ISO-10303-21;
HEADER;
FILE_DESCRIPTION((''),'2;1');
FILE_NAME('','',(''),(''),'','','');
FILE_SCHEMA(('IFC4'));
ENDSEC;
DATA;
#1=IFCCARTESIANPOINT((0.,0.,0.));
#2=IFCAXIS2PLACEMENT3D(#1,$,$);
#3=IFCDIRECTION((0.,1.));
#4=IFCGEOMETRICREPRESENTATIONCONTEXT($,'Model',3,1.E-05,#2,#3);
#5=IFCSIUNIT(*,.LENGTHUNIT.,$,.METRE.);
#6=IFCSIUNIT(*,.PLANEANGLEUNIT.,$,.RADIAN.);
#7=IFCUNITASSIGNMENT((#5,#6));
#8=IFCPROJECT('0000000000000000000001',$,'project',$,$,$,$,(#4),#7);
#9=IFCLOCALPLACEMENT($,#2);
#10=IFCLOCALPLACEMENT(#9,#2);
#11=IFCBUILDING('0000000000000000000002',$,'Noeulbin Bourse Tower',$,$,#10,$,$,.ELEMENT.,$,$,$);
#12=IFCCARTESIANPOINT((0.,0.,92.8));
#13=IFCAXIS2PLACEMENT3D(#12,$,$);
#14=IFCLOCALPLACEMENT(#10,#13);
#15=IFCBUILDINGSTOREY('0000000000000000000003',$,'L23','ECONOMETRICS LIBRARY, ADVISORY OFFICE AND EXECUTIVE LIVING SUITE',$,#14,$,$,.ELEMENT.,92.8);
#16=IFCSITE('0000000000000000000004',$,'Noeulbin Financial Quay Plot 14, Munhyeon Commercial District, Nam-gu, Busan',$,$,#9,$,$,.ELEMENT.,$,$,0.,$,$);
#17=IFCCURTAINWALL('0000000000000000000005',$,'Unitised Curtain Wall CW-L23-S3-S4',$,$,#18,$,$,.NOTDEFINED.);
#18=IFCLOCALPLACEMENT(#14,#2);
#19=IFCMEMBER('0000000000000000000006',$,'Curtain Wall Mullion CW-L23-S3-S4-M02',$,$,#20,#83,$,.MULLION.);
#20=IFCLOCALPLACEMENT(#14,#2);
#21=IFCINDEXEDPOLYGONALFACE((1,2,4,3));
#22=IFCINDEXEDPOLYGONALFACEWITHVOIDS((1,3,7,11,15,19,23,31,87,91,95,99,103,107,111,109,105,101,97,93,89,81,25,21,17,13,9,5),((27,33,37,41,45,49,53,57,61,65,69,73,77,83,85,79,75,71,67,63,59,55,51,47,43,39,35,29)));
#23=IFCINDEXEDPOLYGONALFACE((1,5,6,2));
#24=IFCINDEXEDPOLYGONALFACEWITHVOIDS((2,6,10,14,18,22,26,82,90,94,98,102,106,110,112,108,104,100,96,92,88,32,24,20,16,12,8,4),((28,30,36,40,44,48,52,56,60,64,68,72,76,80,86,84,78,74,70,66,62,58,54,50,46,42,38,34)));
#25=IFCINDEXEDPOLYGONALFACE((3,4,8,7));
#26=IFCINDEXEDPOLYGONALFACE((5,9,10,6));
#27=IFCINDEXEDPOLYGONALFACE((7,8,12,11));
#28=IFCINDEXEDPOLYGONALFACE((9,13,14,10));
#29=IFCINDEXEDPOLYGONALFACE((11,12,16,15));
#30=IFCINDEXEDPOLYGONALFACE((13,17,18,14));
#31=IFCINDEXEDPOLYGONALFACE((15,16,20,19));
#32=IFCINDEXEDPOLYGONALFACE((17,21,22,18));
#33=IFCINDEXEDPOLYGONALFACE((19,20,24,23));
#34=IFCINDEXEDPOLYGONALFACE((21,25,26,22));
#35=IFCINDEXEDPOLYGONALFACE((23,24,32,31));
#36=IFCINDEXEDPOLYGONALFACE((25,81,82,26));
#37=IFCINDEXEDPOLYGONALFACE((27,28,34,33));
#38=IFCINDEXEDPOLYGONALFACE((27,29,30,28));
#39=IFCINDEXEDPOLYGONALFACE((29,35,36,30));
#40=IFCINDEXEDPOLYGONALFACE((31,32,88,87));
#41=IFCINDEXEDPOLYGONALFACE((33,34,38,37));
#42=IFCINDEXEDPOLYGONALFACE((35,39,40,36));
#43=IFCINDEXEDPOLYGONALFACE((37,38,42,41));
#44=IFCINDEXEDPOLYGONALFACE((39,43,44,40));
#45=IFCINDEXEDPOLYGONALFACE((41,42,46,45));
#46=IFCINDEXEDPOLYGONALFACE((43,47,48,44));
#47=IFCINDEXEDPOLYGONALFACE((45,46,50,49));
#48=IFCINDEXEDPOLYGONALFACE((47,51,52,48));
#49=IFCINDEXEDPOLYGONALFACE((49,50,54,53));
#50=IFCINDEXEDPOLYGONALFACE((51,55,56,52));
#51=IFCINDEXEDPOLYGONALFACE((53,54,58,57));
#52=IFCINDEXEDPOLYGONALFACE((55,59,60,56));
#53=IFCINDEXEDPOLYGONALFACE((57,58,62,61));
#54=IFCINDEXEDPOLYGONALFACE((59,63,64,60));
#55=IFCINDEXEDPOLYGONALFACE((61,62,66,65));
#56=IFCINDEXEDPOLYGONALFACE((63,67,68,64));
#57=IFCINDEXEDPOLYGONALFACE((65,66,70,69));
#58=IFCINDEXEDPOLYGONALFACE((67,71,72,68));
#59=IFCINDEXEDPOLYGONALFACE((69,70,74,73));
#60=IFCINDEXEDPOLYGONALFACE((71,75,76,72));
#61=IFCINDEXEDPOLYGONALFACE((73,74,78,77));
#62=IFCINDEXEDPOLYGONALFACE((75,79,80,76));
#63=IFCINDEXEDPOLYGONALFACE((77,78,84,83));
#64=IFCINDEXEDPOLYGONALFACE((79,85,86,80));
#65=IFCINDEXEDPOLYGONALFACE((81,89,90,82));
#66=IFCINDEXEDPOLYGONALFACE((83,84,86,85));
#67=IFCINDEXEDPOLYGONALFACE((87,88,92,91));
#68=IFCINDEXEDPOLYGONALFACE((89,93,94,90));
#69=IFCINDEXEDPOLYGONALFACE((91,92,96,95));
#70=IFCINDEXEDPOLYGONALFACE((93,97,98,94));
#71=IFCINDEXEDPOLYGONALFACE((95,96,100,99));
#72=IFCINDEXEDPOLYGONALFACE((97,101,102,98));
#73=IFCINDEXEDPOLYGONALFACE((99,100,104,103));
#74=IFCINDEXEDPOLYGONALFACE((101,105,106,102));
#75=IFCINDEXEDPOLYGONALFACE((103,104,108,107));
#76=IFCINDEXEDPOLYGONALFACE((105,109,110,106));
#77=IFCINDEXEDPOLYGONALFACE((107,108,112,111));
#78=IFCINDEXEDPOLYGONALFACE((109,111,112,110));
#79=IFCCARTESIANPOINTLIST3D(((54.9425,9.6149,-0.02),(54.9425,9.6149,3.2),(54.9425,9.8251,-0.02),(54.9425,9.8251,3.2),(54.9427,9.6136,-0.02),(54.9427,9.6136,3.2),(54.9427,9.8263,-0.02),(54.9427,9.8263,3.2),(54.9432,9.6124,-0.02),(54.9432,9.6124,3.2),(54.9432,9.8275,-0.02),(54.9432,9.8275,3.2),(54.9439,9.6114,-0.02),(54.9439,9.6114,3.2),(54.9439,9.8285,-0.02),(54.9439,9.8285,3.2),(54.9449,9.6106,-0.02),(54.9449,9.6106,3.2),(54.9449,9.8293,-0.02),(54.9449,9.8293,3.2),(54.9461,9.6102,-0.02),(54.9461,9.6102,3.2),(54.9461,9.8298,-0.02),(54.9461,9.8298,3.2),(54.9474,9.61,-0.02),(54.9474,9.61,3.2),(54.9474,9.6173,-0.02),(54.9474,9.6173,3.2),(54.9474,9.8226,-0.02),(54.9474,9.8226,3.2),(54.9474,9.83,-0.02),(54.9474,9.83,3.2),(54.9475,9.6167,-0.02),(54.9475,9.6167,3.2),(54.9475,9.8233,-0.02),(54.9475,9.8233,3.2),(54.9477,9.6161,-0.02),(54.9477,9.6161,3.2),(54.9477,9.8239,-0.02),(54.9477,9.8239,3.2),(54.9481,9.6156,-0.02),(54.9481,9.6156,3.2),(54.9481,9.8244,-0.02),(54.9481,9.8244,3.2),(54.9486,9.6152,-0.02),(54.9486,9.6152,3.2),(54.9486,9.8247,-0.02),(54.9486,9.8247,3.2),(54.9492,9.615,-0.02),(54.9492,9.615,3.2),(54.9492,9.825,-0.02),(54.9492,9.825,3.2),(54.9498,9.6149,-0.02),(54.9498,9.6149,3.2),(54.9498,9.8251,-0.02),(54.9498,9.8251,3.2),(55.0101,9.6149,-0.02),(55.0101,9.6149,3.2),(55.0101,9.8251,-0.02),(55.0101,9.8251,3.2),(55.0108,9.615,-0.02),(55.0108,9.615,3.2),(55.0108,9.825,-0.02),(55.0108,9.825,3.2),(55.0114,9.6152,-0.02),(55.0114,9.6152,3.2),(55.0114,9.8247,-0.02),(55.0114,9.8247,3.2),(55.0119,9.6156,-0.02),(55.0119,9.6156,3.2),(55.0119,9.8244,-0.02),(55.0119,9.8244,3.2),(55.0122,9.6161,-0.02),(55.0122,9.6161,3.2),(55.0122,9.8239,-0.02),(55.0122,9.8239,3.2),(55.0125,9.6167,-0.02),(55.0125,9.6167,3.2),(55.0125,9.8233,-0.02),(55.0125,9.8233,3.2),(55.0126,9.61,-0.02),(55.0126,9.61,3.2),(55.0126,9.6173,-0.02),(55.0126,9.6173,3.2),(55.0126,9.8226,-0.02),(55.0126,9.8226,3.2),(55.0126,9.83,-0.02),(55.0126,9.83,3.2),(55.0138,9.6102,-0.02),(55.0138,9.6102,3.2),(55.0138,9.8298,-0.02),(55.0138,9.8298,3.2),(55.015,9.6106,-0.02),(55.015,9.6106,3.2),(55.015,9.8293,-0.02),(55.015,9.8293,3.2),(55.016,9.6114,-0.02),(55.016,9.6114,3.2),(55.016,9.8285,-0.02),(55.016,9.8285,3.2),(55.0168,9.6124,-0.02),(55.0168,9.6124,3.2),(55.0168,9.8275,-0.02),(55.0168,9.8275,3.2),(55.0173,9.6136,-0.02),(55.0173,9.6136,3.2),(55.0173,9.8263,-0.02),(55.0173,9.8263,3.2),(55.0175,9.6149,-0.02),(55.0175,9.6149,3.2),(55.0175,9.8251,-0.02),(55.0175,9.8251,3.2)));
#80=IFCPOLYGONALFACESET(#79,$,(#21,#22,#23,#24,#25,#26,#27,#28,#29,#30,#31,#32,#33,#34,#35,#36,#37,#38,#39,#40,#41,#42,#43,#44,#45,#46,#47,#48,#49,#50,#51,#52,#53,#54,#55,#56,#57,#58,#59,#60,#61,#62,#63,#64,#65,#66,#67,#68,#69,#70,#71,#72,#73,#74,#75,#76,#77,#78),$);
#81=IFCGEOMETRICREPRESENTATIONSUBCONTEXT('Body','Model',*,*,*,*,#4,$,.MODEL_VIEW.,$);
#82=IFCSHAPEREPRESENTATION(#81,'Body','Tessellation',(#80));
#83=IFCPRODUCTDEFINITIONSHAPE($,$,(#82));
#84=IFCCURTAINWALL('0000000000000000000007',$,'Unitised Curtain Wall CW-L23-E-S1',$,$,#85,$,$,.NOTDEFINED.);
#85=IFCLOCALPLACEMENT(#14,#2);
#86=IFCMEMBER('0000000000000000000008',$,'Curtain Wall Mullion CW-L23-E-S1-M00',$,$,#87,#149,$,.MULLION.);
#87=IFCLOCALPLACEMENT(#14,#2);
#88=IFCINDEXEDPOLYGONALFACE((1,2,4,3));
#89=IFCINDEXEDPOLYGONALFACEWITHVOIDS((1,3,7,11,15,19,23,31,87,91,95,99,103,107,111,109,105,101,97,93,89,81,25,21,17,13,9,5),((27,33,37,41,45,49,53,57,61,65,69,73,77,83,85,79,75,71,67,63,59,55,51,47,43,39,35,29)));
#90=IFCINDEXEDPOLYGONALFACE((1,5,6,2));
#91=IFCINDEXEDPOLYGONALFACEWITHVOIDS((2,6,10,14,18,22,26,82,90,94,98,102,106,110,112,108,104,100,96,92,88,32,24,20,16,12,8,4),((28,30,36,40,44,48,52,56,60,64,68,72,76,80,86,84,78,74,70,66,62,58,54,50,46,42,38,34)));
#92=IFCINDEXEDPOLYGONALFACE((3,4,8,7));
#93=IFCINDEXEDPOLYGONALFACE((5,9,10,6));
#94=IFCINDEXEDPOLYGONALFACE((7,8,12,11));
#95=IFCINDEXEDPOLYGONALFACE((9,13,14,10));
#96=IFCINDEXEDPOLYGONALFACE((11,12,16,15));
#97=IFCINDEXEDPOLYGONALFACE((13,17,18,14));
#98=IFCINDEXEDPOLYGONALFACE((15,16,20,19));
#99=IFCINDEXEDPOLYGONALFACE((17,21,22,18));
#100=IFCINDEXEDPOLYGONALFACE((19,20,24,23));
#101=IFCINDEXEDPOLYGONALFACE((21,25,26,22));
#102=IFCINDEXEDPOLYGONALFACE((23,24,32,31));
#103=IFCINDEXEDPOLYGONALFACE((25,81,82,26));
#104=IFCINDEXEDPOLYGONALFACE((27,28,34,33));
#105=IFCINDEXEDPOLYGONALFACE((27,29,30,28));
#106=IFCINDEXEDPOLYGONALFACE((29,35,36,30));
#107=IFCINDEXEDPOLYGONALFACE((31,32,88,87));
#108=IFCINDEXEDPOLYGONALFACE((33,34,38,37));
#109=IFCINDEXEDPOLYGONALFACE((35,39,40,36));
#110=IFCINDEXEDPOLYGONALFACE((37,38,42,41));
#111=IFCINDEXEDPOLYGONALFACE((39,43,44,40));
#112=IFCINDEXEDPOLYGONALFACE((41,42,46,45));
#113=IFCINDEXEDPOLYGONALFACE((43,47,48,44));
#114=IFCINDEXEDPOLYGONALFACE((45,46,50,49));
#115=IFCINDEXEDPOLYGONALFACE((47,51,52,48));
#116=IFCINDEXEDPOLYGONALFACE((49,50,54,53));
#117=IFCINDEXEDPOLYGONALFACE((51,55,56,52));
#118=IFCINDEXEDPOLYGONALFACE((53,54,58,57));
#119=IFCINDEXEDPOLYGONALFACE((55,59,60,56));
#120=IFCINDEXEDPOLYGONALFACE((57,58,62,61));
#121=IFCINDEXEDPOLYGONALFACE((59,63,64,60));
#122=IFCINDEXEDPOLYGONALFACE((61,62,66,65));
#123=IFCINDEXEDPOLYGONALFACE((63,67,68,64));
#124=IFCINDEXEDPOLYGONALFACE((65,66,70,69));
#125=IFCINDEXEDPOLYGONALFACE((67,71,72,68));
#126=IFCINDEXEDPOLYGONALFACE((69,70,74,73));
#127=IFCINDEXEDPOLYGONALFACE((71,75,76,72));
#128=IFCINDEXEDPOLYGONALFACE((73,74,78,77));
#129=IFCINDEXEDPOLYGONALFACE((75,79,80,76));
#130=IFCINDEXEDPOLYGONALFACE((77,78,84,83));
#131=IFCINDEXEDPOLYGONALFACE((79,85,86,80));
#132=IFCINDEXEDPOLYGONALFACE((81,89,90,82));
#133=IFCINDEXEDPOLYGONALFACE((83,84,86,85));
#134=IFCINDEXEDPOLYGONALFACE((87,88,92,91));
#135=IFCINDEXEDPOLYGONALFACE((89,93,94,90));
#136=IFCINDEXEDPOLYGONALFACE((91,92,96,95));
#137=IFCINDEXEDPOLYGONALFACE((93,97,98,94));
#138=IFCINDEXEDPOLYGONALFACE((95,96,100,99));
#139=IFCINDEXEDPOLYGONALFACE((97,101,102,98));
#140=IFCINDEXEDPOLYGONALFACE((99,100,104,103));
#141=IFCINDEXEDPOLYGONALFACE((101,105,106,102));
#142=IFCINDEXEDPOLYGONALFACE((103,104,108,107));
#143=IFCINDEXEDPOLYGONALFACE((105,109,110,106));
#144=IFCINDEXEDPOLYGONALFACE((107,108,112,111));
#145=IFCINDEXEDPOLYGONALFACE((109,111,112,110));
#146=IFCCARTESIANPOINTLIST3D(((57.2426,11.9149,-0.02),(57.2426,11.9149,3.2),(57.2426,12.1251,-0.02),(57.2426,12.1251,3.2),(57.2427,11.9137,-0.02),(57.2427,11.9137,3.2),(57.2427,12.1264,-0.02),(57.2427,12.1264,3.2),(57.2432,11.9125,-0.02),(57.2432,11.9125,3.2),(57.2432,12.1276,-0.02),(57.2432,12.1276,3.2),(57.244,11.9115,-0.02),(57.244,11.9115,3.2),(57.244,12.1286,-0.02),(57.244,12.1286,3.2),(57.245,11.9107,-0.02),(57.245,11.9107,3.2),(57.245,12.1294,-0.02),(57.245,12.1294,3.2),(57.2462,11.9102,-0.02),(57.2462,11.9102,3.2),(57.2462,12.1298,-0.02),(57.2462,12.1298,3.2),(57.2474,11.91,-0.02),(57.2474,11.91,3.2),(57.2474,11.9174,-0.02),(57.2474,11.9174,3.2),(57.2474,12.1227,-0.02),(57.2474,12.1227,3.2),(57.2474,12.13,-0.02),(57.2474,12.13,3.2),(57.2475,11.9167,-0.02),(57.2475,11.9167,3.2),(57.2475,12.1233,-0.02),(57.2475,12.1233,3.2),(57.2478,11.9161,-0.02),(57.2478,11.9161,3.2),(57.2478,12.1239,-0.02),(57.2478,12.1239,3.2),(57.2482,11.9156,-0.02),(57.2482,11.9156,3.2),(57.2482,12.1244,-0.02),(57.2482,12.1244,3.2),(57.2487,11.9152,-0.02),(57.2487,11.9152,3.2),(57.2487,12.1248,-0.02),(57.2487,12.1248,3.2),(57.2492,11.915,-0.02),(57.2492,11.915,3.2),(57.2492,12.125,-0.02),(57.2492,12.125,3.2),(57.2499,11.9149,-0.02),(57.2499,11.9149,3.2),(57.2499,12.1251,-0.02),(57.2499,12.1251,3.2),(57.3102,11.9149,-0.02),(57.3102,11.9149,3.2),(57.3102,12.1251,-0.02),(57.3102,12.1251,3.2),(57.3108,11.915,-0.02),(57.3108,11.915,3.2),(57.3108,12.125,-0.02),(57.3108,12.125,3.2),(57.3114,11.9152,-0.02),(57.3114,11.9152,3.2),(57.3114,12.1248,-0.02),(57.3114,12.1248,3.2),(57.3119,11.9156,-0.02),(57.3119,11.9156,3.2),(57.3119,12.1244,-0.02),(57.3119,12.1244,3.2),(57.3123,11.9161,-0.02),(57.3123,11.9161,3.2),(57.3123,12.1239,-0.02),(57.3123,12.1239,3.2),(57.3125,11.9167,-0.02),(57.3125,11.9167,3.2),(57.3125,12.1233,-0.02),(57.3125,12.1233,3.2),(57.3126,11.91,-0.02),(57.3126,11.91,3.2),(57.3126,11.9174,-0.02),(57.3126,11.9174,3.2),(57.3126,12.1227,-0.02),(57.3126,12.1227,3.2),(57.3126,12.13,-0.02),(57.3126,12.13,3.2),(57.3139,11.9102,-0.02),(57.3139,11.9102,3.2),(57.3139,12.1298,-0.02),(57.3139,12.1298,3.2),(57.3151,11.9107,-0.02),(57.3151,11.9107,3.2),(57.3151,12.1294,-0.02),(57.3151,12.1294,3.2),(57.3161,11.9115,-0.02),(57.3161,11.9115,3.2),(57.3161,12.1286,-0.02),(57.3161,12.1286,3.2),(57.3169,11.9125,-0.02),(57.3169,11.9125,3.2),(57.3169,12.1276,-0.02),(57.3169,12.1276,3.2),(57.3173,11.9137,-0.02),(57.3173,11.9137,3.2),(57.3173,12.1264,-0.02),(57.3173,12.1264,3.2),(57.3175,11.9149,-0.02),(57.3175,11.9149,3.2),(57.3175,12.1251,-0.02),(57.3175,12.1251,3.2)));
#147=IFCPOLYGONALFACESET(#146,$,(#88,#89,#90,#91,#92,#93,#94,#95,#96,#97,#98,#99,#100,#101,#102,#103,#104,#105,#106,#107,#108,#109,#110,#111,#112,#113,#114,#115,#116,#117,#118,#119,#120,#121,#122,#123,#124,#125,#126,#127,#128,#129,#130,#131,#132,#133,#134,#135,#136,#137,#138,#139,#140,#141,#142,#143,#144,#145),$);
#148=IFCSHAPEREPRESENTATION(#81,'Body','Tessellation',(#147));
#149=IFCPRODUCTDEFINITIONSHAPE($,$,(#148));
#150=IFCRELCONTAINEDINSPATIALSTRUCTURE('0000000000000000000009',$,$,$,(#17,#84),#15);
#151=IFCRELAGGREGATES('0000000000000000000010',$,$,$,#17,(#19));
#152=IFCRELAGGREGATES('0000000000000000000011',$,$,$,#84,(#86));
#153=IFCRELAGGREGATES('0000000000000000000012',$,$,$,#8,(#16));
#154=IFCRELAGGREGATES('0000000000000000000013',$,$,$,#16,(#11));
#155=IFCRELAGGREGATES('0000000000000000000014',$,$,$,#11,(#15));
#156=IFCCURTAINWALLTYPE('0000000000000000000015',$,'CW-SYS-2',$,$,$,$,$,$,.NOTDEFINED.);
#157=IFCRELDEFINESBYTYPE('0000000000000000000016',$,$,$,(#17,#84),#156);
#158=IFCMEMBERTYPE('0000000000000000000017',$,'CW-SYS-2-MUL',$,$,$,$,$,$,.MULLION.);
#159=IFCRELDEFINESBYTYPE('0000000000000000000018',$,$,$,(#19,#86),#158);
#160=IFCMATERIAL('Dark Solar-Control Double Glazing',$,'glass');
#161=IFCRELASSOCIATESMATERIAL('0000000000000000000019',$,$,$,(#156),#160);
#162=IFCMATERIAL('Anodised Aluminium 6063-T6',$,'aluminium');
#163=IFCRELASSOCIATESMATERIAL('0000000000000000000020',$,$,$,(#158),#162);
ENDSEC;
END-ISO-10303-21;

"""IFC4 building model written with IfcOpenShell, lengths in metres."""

from ifc_helpers import new_model, si_unit, direction, frame, origin, origin_2d, place, context, subcontext, project, spatial, hollow_rectangle, extrude, material, material_profile, profile_set, type_object, element, aggregate, save


model = new_model("IFC4")

# Units and contexts
model_context = context("Model", 3, precision=1e-05, world=origin(), true_north=direction((0.0, 1.0)))
body_context = subcontext(model_context, "Body", "Model", "MODEL_VIEW")
ifc_project = project(units=[si_unit("LENGTHUNIT", "METRE"), si_unit("PLANEANGLEUNIT", "RADIAN")], contexts=[model_context])

# Site, building, storey
site_placement = place(None, origin())
site = spatial("IfcSite", under=ifc_project, at=site_placement, Name="Noeulbin Financial Quay Plot 14, Munhyeon Commercial District, Nam-gu, Busan", CompositionType="ELEMENT", RefElevation=0.0)
building_placement = place(site_placement, origin())
building = spatial("IfcBuilding", under=site, at=building_placement, Name="Noeulbin Bourse Tower", CompositionType="ELEMENT")
storey_placement = place(building_placement, frame((0.0, 0.0, 92.8)))
storey = spatial("IfcBuildingStorey", under=building, at=storey_placement, Name="L23", Description="ECONOMETRICS LIBRARY, ADVISORY OFFICE AND EXECUTIVE LIVING SUITE", CompositionType="ELEMENT", Elevation=92.8)

# Curtain walls, members
ifc_material_1 = material(Name="Dark Solar-Control Double Glazing", Category="glass")
curtain_wall_type = type_object("IfcCurtainWallType", Name="CW-SYS-2", PredefinedType="NOTDEFINED", material=ifc_material_1)
curtain_wall_1_placement = place(storey_placement, origin())
curtain_wall_1 = element("IfcCurtainWall", 1, at=curtain_wall_1_placement, inside=storey, type_object=curtain_wall_type, Name="Unitised Curtain Wall CW-L23-S3-S4", PredefinedType="NOTDEFINED")
ifc_material_2 = material(Name="Anodised Aluminium 6063-T6", Category="aluminium")
ifc_material_profile_1 = material_profile(ifc_material_2, hollow_rectangle(XDim=0.075, YDim=0.22, WallThickness=0.0049, InnerFilletRadius=0.0024, OuterFilletRadius=0.0049, at=origin_2d()), Name="ALU-MULL-75x220x5", Category="LoadBearing")
ifc_profile_set_1 = profile_set([ifc_material_profile_1], Name="Anodised Aluminium 6063-T6")
member_type_1 = type_object("IfcMemberType", Name="CW-SYS-2-MUL", PredefinedType="MULLION", material=ifc_profile_set_1)
member_1_placement = place(storey_placement, frame((54.98, 9.72, -0.02), z_axis=(0.0, 0.0, 1.0), x_axis=(1.0, 0.0, 0.0)))
member_1 = element("IfcMember", 2, at=member_1_placement, type_object=member_type_1, Name="Curtain Wall Mullion CW-L23-S3-S4-M02", PredefinedType="MULLION", context=body_context, shape_type="SweptSolid", body=[
    extrude(hollow_rectangle(XDim=0.075, YDim=0.22, WallThickness=0.0049, InnerFilletRadius=0.0024, OuterFilletRadius=0.0049, at=origin_2d()), origin(), (0.0, 0.0, 1.0), 3.22),
])
curtain_wall_2_placement = place(storey_placement, origin())
curtain_wall_2 = element("IfcCurtainWall", 3, at=curtain_wall_2_placement, inside=storey, type_object=curtain_wall_type, Name="Unitised Curtain Wall CW-L23-E-S1", PredefinedType="NOTDEFINED")
member_2_placement = place(storey_placement, frame((57.28, 12.02, -0.02), z_axis=(0.0, 0.0, 1.0), x_axis=(1.0, 0.0, 0.0)))
member_2 = element("IfcMember", 4, at=member_2_placement, type_object=member_type_1, Name="Curtain Wall Mullion CW-L23-E-S1-M00", PredefinedType="MULLION", context=body_context, shape_type="SweptSolid", body=[
    extrude(hollow_rectangle(XDim=0.075, YDim=0.22, WallThickness=0.0049, InnerFilletRadius=0.0024, OuterFilletRadius=0.0049, at=origin_2d()), origin(), (0.0, 0.0, 1.0), 3.22),
])

aggregate(curtain_wall_1, [member_1])
aggregate(curtain_wall_2, [member_2])

save(model, "model.ifc")
